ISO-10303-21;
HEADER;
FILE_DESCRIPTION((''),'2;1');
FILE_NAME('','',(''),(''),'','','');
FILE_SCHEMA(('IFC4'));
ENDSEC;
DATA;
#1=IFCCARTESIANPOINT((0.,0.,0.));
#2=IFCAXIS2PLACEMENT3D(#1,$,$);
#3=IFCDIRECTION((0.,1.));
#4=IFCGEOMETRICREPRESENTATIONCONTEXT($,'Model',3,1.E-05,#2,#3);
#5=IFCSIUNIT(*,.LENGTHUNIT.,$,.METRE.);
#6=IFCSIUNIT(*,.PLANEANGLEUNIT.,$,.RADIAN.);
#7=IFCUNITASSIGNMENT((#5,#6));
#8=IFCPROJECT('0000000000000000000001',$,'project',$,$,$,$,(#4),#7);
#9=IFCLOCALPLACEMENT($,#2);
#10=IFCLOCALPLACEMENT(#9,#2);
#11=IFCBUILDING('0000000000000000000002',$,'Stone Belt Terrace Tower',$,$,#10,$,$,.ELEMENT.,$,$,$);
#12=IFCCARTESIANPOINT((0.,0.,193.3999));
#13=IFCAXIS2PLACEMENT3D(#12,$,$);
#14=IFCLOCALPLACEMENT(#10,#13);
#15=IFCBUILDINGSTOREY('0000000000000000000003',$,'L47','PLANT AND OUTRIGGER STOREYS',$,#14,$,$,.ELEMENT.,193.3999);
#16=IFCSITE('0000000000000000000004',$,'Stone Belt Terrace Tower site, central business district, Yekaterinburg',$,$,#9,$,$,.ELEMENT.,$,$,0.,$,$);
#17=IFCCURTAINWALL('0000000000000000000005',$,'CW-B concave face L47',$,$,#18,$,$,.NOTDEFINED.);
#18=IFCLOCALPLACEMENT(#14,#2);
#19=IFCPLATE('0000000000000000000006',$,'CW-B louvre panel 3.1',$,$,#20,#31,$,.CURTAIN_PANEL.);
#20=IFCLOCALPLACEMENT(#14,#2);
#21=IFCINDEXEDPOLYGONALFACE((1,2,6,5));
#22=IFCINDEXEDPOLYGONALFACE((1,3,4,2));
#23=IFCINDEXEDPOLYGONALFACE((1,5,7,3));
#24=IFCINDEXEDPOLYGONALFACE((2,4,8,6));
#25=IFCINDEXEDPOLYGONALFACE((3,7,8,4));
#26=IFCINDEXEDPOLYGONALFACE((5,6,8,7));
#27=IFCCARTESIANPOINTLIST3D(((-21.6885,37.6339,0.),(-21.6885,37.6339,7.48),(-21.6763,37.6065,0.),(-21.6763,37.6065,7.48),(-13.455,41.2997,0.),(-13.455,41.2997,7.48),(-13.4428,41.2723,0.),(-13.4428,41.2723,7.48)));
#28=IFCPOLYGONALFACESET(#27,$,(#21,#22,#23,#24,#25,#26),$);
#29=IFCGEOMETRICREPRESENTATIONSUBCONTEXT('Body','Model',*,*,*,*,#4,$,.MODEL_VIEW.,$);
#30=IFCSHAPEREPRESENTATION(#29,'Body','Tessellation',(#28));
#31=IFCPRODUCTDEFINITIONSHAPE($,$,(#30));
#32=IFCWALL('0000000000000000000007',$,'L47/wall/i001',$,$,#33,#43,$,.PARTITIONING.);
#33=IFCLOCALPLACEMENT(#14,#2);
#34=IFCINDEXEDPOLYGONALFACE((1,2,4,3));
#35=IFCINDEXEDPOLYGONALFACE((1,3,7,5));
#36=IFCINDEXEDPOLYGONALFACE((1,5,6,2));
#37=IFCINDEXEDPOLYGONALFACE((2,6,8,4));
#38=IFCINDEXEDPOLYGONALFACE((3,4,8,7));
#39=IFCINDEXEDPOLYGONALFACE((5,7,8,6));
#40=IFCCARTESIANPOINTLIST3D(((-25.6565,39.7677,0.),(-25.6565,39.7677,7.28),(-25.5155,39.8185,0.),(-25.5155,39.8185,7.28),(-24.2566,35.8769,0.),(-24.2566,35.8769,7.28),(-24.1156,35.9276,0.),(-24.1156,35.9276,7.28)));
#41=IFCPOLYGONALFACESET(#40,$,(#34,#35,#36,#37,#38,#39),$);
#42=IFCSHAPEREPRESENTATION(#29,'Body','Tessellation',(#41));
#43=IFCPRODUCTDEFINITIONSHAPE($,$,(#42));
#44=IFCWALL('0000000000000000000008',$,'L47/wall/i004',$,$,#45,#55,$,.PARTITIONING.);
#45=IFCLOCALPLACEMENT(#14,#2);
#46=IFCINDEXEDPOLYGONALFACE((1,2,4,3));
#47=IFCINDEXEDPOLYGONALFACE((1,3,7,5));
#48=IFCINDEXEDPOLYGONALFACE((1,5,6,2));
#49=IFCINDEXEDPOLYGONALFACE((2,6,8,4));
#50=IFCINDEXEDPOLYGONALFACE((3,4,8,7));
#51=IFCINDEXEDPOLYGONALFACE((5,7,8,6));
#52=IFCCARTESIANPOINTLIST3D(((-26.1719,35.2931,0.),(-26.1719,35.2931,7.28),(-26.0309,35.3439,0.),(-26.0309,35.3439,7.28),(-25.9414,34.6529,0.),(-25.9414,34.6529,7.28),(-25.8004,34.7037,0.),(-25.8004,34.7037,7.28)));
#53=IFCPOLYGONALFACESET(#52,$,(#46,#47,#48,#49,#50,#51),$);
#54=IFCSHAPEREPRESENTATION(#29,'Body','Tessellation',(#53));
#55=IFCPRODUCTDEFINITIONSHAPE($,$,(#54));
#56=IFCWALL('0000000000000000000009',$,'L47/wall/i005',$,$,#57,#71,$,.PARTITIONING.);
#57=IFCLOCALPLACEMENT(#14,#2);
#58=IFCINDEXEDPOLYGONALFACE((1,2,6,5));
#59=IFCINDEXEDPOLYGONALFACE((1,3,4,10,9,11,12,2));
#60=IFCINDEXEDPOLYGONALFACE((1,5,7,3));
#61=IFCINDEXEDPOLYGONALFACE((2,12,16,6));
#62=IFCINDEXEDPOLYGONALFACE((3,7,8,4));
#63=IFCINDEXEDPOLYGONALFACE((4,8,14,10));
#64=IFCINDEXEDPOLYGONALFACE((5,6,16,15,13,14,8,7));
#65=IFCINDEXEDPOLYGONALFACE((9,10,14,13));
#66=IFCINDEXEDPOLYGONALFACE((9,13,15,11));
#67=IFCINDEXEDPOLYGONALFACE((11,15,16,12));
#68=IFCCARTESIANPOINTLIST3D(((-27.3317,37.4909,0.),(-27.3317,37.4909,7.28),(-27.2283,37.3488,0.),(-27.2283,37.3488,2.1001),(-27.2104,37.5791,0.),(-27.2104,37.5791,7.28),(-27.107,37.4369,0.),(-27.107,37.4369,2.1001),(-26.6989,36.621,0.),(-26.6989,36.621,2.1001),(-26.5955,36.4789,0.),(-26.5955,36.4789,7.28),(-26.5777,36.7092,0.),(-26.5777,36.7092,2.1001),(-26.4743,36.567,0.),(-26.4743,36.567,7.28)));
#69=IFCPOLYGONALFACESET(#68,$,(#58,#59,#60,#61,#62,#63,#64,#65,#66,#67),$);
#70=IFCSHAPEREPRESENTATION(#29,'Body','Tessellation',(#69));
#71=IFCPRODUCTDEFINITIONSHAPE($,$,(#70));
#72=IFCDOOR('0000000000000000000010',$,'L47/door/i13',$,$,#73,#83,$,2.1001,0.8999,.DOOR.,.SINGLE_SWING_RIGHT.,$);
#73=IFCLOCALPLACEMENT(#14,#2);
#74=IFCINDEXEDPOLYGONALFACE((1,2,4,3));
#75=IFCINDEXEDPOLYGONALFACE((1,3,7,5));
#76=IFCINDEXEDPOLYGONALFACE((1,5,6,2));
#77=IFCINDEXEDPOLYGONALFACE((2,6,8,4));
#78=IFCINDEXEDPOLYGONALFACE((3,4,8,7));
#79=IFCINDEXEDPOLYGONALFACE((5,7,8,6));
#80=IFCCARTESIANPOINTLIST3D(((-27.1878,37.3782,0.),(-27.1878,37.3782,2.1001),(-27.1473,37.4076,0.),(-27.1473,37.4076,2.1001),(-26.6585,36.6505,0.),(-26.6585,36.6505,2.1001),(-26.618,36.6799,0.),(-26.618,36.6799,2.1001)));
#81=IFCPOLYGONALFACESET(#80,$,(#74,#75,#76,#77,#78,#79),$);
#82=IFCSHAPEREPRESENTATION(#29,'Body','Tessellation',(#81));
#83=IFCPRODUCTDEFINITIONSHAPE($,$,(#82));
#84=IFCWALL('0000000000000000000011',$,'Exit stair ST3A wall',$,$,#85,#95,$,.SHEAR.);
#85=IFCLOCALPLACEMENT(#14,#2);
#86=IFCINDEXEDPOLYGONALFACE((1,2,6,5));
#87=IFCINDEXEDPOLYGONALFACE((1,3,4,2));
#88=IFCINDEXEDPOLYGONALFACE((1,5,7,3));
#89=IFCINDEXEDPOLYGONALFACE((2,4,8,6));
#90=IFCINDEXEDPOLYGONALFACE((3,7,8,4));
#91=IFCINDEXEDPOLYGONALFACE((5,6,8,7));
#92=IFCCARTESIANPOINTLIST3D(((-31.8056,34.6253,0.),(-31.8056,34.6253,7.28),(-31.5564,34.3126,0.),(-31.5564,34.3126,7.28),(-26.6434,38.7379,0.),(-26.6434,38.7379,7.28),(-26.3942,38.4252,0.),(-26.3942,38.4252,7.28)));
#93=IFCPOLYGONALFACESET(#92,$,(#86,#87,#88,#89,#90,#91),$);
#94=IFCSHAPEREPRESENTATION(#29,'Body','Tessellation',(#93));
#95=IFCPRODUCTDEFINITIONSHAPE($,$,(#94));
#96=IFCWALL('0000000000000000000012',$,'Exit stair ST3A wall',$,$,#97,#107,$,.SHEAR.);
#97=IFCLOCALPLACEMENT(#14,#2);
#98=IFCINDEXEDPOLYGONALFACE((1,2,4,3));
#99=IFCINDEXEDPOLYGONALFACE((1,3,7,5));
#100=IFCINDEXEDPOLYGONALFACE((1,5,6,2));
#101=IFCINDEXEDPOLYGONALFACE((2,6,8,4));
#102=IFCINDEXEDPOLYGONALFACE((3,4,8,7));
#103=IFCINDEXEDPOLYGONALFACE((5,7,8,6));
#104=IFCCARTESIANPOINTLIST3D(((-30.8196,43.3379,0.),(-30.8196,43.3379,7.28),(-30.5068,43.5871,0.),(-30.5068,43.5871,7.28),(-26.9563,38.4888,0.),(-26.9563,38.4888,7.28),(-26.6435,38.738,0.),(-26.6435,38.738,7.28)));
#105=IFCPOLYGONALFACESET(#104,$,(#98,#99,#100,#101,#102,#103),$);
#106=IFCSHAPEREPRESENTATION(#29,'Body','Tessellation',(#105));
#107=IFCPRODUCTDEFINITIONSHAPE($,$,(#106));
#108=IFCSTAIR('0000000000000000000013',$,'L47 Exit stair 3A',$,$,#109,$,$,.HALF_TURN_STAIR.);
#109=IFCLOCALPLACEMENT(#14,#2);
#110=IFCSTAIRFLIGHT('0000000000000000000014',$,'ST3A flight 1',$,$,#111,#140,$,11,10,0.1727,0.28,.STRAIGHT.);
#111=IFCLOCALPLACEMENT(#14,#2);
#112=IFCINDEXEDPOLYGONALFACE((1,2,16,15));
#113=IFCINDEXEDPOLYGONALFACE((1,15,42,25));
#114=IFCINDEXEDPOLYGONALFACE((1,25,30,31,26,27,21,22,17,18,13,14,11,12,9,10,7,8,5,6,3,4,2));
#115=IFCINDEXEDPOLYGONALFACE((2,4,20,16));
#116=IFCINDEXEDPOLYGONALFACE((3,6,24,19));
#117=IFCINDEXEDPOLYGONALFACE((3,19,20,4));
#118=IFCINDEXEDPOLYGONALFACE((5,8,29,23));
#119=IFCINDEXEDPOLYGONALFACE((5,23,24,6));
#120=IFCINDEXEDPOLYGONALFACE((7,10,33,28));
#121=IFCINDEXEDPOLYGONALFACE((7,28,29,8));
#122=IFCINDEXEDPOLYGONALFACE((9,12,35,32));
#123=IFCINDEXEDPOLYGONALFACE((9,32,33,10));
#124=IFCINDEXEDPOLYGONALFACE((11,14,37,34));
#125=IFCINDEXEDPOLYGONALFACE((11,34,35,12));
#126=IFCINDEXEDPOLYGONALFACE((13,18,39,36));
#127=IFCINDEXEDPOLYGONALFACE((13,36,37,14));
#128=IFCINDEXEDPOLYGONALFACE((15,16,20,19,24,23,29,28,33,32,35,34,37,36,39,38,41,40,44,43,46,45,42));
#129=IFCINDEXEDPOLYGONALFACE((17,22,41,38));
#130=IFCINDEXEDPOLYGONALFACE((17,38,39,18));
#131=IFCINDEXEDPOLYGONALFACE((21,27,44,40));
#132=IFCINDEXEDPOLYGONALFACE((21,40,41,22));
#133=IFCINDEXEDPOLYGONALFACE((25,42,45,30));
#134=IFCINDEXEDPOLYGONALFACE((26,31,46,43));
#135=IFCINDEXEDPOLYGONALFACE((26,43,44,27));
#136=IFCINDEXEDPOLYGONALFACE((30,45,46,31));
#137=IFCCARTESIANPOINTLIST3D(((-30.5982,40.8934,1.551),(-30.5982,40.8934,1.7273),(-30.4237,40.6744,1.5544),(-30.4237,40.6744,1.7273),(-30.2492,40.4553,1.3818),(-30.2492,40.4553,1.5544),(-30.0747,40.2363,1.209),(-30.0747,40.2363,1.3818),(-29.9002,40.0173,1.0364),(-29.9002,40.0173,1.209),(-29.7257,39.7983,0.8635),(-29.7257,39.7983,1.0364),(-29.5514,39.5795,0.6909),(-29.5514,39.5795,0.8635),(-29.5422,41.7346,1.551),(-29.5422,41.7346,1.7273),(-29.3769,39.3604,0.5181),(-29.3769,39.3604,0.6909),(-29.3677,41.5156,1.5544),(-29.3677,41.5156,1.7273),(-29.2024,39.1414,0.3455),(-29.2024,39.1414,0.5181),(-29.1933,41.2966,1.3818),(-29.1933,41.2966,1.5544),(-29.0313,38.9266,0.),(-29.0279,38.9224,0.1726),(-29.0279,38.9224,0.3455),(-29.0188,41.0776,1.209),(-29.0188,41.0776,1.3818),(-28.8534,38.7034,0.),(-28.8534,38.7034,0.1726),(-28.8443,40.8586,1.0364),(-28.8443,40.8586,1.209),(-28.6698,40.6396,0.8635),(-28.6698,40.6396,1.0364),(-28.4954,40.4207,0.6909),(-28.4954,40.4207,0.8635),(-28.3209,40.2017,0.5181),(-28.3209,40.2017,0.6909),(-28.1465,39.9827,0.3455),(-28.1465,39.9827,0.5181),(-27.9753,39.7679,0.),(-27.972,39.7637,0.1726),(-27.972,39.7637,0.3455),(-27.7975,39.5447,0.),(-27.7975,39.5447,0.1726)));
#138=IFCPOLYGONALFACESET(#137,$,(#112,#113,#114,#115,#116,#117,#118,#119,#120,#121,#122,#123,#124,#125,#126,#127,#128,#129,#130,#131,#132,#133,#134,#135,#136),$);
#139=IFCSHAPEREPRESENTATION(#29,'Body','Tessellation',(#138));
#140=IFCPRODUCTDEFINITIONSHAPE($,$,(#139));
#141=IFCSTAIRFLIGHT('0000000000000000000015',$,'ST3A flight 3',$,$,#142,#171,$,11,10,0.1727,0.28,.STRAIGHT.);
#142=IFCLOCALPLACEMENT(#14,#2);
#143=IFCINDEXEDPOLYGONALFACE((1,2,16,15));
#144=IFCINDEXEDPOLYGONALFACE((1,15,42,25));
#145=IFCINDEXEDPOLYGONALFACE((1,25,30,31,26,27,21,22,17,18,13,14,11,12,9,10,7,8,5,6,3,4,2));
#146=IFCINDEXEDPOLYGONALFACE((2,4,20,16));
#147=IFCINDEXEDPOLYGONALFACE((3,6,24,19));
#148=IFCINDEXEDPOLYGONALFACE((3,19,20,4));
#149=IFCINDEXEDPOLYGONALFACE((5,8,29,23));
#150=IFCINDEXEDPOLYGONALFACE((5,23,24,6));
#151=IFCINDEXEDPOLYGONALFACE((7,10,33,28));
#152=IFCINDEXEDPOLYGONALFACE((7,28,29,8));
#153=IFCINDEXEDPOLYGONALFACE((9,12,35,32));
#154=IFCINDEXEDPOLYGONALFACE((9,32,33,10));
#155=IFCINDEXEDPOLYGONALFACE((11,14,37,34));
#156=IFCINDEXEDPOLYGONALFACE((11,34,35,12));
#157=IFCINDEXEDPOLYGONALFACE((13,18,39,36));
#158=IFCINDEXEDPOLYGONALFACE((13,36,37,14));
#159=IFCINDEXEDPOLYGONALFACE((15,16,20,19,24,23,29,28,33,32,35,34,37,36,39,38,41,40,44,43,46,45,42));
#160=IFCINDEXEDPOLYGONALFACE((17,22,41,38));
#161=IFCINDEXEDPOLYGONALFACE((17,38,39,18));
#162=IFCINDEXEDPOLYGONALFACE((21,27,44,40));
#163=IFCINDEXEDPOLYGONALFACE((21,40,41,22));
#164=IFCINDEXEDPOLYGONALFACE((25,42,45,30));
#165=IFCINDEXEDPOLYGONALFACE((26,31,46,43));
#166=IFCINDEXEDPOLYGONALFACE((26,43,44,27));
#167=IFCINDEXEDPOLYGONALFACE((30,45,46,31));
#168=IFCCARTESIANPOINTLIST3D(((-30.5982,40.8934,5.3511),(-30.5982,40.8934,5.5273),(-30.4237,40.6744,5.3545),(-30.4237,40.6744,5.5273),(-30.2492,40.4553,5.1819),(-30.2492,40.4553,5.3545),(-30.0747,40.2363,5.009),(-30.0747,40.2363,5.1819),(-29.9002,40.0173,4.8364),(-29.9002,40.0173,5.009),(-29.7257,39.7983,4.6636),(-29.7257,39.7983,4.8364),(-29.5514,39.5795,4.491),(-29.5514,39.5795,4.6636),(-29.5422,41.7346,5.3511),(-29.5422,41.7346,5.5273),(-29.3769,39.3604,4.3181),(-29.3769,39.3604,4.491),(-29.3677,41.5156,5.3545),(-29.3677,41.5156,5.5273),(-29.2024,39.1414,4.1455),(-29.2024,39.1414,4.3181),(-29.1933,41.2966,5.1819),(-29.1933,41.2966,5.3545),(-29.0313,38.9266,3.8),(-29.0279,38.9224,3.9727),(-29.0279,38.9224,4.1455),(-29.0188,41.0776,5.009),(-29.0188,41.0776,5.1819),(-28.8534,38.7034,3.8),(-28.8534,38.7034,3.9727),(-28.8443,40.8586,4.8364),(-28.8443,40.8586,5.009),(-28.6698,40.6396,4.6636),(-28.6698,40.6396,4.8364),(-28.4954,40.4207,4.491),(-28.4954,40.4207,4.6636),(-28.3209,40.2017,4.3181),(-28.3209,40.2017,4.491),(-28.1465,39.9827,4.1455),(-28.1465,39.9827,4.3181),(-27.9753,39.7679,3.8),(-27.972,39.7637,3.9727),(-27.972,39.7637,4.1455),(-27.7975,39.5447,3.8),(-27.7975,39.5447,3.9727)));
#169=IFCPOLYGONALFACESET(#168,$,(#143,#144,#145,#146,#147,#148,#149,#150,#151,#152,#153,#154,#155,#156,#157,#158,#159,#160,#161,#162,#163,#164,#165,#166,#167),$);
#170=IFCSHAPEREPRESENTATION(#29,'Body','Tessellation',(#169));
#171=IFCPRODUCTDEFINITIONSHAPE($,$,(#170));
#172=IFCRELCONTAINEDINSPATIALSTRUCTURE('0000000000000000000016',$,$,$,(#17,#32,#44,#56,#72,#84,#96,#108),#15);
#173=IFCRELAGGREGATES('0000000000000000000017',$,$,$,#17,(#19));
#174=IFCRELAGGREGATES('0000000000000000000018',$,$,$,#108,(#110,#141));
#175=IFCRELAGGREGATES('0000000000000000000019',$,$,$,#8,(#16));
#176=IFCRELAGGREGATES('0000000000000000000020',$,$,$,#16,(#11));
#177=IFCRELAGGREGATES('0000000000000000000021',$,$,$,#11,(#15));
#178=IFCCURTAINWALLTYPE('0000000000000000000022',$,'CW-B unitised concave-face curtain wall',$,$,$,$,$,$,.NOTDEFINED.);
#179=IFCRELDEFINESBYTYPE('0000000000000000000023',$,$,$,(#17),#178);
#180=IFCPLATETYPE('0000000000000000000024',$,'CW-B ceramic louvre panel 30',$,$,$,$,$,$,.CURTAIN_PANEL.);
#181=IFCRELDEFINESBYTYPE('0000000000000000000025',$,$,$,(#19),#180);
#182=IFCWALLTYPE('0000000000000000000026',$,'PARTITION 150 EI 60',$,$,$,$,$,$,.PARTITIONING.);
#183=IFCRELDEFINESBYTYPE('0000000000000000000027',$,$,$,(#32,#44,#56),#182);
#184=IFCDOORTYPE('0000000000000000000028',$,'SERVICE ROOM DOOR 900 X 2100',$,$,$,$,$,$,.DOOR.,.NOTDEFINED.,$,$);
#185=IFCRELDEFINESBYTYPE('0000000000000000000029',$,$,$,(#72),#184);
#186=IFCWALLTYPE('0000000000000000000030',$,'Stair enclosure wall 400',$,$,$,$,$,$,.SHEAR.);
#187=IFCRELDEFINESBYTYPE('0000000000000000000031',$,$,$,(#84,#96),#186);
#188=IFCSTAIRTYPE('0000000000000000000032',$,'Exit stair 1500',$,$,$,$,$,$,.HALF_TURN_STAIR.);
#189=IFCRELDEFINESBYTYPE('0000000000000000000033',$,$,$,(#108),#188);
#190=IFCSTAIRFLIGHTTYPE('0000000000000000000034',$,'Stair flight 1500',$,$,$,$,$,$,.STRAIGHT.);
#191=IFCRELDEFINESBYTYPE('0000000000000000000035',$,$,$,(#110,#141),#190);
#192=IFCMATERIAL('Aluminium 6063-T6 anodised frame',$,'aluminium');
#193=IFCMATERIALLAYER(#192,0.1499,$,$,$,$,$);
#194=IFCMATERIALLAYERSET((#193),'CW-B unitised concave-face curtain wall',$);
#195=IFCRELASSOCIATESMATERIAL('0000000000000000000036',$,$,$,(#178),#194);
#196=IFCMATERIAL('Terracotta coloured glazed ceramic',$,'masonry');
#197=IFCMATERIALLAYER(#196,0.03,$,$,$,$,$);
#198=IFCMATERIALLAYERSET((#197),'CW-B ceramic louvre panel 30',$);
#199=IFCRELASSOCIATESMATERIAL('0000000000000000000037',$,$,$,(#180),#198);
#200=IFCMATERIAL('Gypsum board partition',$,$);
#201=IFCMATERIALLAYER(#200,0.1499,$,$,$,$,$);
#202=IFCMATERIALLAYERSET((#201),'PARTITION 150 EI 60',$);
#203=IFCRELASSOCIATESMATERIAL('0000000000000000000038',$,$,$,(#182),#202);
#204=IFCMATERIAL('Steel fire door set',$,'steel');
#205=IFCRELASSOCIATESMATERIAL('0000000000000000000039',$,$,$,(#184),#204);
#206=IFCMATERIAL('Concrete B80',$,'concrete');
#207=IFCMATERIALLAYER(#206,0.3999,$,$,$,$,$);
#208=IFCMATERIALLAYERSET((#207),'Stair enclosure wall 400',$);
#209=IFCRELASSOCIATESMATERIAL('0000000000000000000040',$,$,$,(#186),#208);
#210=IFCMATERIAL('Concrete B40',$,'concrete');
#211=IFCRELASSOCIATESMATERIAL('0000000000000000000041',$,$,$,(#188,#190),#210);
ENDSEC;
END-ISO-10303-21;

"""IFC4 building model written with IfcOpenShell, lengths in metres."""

from ifc_helpers import new_model, si_unit, direction, frame, frame_2d, origin, origin_2d, place, context, subcontext, project, spatial, polyline, rectangle, outline, extrude, material, layer, layer_set, type_object, element, fill, aggregate, save


model = new_model("IFC4")

# Units and contexts
model_context = context("Model", 3, precision=1e-05, world=origin(), true_north=direction((0.0, 1.0)))
body_context = subcontext(model_context, "Body", "Model", "MODEL_VIEW")
ifc_project = project(units=[si_unit("LENGTHUNIT", "METRE"), si_unit("PLANEANGLEUNIT", "RADIAN")], contexts=[model_context])

# Site, building, storey
site_placement = place(None, origin())
site = spatial("IfcSite", under=ifc_project, at=site_placement, Name="Stone Belt Terrace Tower site, central business district, Yekaterinburg", CompositionType="ELEMENT", RefElevation=0.0)
building_placement = place(site_placement, origin())
building = spatial("IfcBuilding", under=site, at=building_placement, Name="Stone Belt Terrace Tower", CompositionType="ELEMENT")
storey_placement = place(building_placement, frame((0.0, 0.0, 193.3999)))
storey = spatial("IfcBuildingStorey", under=building, at=storey_placement, Name="L47", Description="PLANT AND OUTRIGGER STOREYS", CompositionType="ELEMENT", Elevation=193.3999)

# Shared definitions
ifc_material_1 = material(Name="Concrete B80", Category="concrete")

# Curtain wall, plate
ifc_material_2 = material(Name="Aluminium 6063-T6 anodised frame", Category="aluminium")
ifc_layer_1 = layer(ifc_material_2, 0.1499)
ifc_layer_set_1 = layer_set([ifc_layer_1], Name="CW-B unitised concave-face curtain wall")
curtain_wall_type = type_object("IfcCurtainWallType", Name="CW-B unitised concave-face curtain wall", PredefinedType="NOTDEFINED", material=ifc_layer_set_1)
curtain_wall_placement = place(storey_placement, origin())
curtain_wall = element("IfcCurtainWall", 1, at=curtain_wall_placement, inside=storey, type_object=curtain_wall_type, Name="CW-B concave face L47", PredefinedType="NOTDEFINED")
ifc_material_3 = material(Name="Terracotta coloured glazed ceramic", Category="masonry")
ifc_layer_2 = layer(ifc_material_3, 0.03)
ifc_layer_set_2 = layer_set([ifc_layer_2], Name="CW-B ceramic louvre panel 30")
plate_type = type_object("IfcPlateType", Name="CW-B ceramic louvre panel 30", PredefinedType="CURTAIN_PANEL", material=ifc_layer_set_2)
plate_1_placement = place(storey_placement, frame((-17.5657, 39.4531, 0.0), z_axis=(0.0, 0.0, 1.0), x_axis=(0.913545, 0.406737, 0.0)))
plate_1 = element("IfcPlate", 2, at=plate_1_placement, type_object=plate_type, Name="CW-B louvre panel 3.1", PredefinedType="CURTAIN_PANEL", context=body_context, shape_type="SweptSolid", body=[
    extrude(rectangle(XDim=9.0127, YDim=0.03, at=origin_2d()), origin(), (0.0, 0.0, 1.0), 7.48),
])
aggregate(curtain_wall, [plate_1])

# Walls
ifc_material_4 = material(Name="Gypsum board partition")
ifc_layer_3 = layer(ifc_material_4, 0.1499)
ifc_layer_set_3 = layer_set([ifc_layer_3], Name="PARTITION 150 EI 60")
wall_type_1 = type_object("IfcWallType", Name="PARTITION 150 EI 60", PredefinedType="PARTITIONING", material=ifc_layer_set_3)
wall_1_placement = place(storey_placement, frame((-25.5859, 39.793, 0.0), z_axis=(0.0, 0.0, 1.0), x_axis=(0.338546, -0.94095, 0.0)))
element("IfcWall", 3, at=wall_1_placement, inside=storey, type_object=wall_type_1, Name="L47/wall/i001", PredefinedType="PARTITIONING", context=body_context, shape_type="SweptSolid", body=[
    extrude(rectangle(XDim=4.135, YDim=0.1499, at=frame_2d((2.0674, 0.0))), origin(), (0.0, 0.0, 1.0), 7.28),
])
wall_2_placement = place(storey_placement, frame((-25.8708, 34.6782, 0.0), z_axis=(0.0, 0.0, 1.0), x_axis=(-0.338745, 0.940878, 0.0)))
element("IfcWall", 4, at=wall_2_placement, inside=storey, type_object=wall_type_1, Name="L47/wall/i004", PredefinedType="PARTITIONING", context=body_context, shape_type="SweptSolid", body=[
    extrude(rectangle(XDim=0.6804, YDim=0.1499, at=frame_2d((0.3403, 0.0))), origin(), (0.0, 0.0, 1.0), 7.28),
])

# Wall, opening, door
wall_3_placement = place(storey_placement, frame((-26.5349, 36.5229, 0.0), z_axis=(0.0, 0.0, 1.0), x_axis=(-0.58823, 0.808694, 0.0)))
wall_3 = element("IfcWall", 5, at=wall_3_placement, inside=storey, type_object=wall_type_1, Name="L47/wall/i005", PredefinedType="PARTITIONING", context=body_context, shape_type="SweptSolid", body=[
    extrude(rectangle(XDim=1.2515, YDim=0.1499, at=frame_2d((0.6257, 0.0))), origin(), (0.0, 0.0, 1.0), 7.28),
])
opening_placement = place(wall_3_placement, frame((0.1758, 0.0, 0.0)))
opening = element("IfcOpeningElement", 6, at=opening_placement, cuts=wall_3, PredefinedType="OPENING", context=body_context, shape_type="SweptSolid", body=[
    extrude(rectangle(XDim=0.8999, YDim=2.1001, at=frame_2d((0.45, 1.05))), frame((0.0, 0.085, 0.0), z_axis=(0.0, -1.0, 0.0), x_axis=(1.0, 0.0, 0.0)), (0.0, 0.0, 1.0), 0.1699),
])
ifc_material_5 = material(Name="Steel fire door set", Category="steel")
door_type = type_object("IfcDoorType", Name="SERVICE ROOM DOOR 900 X 2100", OperationType="NOTDEFINED", PredefinedType="DOOR", material=ifc_material_5)
door_placement = place(opening_placement, origin())
door = element("IfcDoor", 7, at=door_placement, inside=storey, type_object=door_type, Name="L47/door/i13", OperationType="SINGLE_SWING_RIGHT", OverallHeight=2.1001, OverallWidth=0.8999, PredefinedType="DOOR", context=body_context, shape_type="SweptSolid", body=[
    extrude(rectangle(XDim=0.8999, YDim=2.1001, at=frame_2d((0.45, 1.05))), frame((0.0, 0.0249, 0.0), z_axis=(0.0, -1.0, 0.0), x_axis=(1.0, 0.0, 0.0)), (0.0, 0.0, 1.0), 0.05),
])
fill(opening, door)

# Walls
ifc_layer_4 = layer(ifc_material_1, 0.3999)
ifc_layer_set_4 = layer_set([ifc_layer_4], Name="Stair enclosure wall 400")
wall_type_2 = type_object("IfcWallType", Name="Stair enclosure wall 400", PredefinedType="SHEAR", material=ifc_layer_set_4)
wall_4_placement = place(storey_placement, frame((-26.5188, 38.5815, 0.0), z_axis=(0.0, 0.0, 1.0), x_axis=(-0.782134, -0.62311, 0.0)))
element("IfcWall", 8, at=wall_4_placement, inside=storey, type_object=wall_type_2, Name="Exit stair ST3A wall", PredefinedType="SHEAR", context=body_context, shape_type="SweptSolid", body=[
    extrude(rectangle(XDim=6.6001, YDim=0.3999, at=frame_2d((3.3, 0.0))), origin(), (0.0, 0.0, 1.0), 7.28),
])
wall_5_placement = place(storey_placement, frame((-26.7998, 38.6133, 0.0), z_axis=(0.0, 0.0, 1.0), x_axis=(-0.623119, 0.782127, 0.0)))
element("IfcWall", 9, at=wall_5_placement, inside=storey, type_object=wall_type_2, Name="Exit stair ST3A wall", PredefinedType="SHEAR", context=body_context, shape_type="SweptSolid", body=[
    extrude(rectangle(XDim=6.2, YDim=0.3999, at=frame_2d((3.1001, 0.0))), origin(), (0.0, 0.0, 1.0), 7.28),
])

# Stair, stair flights
ifc_material_6 = material(Name="Concrete B40", Category="concrete")
stair_type = type_object("IfcStairType", Name="Exit stair 1500", PredefinedType="HALF_TURN_STAIR", material=ifc_material_6)
stair_placement = place(storey_placement, origin())
stair = element("IfcStair", 10, at=stair_placement, inside=storey, type_object=stair_type, Name="L47 Exit stair 3A", PredefinedType="HALF_TURN_STAIR")
stair_flight_type = type_object("IfcStairFlightType", Name="Stair flight 1500", PredefinedType="STRAIGHT", material=ifc_material_6)
stair_flight_1_placement = place(storey_placement, frame((-28.3254, 39.124, 0.0), z_axis=(0.0, 0.0, 1.0), x_axis=(-0.623121, 0.782125, 0.0)))
stair_flight_1 = element("IfcStairFlight", 11, at=stair_flight_1_placement, type_object=stair_flight_type, Name="ST3A flight 1", NumberOfRisers=11, NumberOfTreads=10, PredefinedType="STRAIGHT", RiserHeight=0.1727, TreadLength=0.28, context=body_context, shape_type="SweptSolid", body=[
    extrude(outline(polyline([(0.0, 0.0), (0.0, 0.1726), (0.28, 0.1726), (0.28, 0.3455), (0.5601, 0.3455), (0.5601, 0.5181), (0.8401, 0.5181), (0.8401, 0.6909), (1.1201, 0.6909), (1.1201, 0.8635), (1.3999, 0.8635), (1.3999, 1.0364), (1.6799, 1.0364), (1.6799, 1.209), (1.96, 1.209), (1.96, 1.3818), (2.24, 1.3818), (2.24, 1.5544), (2.52, 1.5544), (2.52, 1.7273), (2.8, 1.7273), (2.8, 1.8999), (2.8, 1.551), (0.2854, 0.0), (0.0, 0.0)])), frame((0.0, 0.675, 0.0), z_axis=(0.0, -1.0, 0.0), x_axis=(1.0, 0.0, 0.0)), (0.0, 0.0, 1.0), 1.3501),
])
stair_flight_2_placement = place(storey_placement, frame((-28.3254, 39.124, 3.8), z_axis=(0.0, 0.0, 1.0), x_axis=(-0.623121, 0.782125, 0.0)))
stair_flight_2 = element("IfcStairFlight", 12, at=stair_flight_2_placement, type_object=stair_flight_type, Name="ST3A flight 3", NumberOfRisers=11, NumberOfTreads=10, PredefinedType="STRAIGHT", RiserHeight=0.1727, TreadLength=0.28, context=body_context, shape_type="SweptSolid", body=[
    extrude(outline(polyline([(0.0, 0.0), (0.0, 0.1726), (0.28, 0.1726), (0.28, 0.3455), (0.5601, 0.3455), (0.5601, 0.5181), (0.8401, 0.5181), (0.8401, 0.6909), (1.1201, 0.6909), (1.1201, 0.8635), (1.3999, 0.8635), (1.3999, 1.0364), (1.6799, 1.0364), (1.6799, 1.209), (1.96, 1.209), (1.96, 1.3818), (2.24, 1.3818), (2.24, 1.5544), (2.52, 1.5544), (2.52, 1.7273), (2.8, 1.7273), (2.8, 1.8999), (2.8, 1.551), (0.2854, 0.0), (0.0, 0.0)])), frame((0.0, 0.675, 0.0), z_axis=(0.0, -1.0, 0.0), x_axis=(1.0, 0.0, 0.0)), (0.0, 0.0, 1.0), 1.3501),
])
aggregate(stair, [stair_flight_1, stair_flight_2])

save(model, "model.ifc")
